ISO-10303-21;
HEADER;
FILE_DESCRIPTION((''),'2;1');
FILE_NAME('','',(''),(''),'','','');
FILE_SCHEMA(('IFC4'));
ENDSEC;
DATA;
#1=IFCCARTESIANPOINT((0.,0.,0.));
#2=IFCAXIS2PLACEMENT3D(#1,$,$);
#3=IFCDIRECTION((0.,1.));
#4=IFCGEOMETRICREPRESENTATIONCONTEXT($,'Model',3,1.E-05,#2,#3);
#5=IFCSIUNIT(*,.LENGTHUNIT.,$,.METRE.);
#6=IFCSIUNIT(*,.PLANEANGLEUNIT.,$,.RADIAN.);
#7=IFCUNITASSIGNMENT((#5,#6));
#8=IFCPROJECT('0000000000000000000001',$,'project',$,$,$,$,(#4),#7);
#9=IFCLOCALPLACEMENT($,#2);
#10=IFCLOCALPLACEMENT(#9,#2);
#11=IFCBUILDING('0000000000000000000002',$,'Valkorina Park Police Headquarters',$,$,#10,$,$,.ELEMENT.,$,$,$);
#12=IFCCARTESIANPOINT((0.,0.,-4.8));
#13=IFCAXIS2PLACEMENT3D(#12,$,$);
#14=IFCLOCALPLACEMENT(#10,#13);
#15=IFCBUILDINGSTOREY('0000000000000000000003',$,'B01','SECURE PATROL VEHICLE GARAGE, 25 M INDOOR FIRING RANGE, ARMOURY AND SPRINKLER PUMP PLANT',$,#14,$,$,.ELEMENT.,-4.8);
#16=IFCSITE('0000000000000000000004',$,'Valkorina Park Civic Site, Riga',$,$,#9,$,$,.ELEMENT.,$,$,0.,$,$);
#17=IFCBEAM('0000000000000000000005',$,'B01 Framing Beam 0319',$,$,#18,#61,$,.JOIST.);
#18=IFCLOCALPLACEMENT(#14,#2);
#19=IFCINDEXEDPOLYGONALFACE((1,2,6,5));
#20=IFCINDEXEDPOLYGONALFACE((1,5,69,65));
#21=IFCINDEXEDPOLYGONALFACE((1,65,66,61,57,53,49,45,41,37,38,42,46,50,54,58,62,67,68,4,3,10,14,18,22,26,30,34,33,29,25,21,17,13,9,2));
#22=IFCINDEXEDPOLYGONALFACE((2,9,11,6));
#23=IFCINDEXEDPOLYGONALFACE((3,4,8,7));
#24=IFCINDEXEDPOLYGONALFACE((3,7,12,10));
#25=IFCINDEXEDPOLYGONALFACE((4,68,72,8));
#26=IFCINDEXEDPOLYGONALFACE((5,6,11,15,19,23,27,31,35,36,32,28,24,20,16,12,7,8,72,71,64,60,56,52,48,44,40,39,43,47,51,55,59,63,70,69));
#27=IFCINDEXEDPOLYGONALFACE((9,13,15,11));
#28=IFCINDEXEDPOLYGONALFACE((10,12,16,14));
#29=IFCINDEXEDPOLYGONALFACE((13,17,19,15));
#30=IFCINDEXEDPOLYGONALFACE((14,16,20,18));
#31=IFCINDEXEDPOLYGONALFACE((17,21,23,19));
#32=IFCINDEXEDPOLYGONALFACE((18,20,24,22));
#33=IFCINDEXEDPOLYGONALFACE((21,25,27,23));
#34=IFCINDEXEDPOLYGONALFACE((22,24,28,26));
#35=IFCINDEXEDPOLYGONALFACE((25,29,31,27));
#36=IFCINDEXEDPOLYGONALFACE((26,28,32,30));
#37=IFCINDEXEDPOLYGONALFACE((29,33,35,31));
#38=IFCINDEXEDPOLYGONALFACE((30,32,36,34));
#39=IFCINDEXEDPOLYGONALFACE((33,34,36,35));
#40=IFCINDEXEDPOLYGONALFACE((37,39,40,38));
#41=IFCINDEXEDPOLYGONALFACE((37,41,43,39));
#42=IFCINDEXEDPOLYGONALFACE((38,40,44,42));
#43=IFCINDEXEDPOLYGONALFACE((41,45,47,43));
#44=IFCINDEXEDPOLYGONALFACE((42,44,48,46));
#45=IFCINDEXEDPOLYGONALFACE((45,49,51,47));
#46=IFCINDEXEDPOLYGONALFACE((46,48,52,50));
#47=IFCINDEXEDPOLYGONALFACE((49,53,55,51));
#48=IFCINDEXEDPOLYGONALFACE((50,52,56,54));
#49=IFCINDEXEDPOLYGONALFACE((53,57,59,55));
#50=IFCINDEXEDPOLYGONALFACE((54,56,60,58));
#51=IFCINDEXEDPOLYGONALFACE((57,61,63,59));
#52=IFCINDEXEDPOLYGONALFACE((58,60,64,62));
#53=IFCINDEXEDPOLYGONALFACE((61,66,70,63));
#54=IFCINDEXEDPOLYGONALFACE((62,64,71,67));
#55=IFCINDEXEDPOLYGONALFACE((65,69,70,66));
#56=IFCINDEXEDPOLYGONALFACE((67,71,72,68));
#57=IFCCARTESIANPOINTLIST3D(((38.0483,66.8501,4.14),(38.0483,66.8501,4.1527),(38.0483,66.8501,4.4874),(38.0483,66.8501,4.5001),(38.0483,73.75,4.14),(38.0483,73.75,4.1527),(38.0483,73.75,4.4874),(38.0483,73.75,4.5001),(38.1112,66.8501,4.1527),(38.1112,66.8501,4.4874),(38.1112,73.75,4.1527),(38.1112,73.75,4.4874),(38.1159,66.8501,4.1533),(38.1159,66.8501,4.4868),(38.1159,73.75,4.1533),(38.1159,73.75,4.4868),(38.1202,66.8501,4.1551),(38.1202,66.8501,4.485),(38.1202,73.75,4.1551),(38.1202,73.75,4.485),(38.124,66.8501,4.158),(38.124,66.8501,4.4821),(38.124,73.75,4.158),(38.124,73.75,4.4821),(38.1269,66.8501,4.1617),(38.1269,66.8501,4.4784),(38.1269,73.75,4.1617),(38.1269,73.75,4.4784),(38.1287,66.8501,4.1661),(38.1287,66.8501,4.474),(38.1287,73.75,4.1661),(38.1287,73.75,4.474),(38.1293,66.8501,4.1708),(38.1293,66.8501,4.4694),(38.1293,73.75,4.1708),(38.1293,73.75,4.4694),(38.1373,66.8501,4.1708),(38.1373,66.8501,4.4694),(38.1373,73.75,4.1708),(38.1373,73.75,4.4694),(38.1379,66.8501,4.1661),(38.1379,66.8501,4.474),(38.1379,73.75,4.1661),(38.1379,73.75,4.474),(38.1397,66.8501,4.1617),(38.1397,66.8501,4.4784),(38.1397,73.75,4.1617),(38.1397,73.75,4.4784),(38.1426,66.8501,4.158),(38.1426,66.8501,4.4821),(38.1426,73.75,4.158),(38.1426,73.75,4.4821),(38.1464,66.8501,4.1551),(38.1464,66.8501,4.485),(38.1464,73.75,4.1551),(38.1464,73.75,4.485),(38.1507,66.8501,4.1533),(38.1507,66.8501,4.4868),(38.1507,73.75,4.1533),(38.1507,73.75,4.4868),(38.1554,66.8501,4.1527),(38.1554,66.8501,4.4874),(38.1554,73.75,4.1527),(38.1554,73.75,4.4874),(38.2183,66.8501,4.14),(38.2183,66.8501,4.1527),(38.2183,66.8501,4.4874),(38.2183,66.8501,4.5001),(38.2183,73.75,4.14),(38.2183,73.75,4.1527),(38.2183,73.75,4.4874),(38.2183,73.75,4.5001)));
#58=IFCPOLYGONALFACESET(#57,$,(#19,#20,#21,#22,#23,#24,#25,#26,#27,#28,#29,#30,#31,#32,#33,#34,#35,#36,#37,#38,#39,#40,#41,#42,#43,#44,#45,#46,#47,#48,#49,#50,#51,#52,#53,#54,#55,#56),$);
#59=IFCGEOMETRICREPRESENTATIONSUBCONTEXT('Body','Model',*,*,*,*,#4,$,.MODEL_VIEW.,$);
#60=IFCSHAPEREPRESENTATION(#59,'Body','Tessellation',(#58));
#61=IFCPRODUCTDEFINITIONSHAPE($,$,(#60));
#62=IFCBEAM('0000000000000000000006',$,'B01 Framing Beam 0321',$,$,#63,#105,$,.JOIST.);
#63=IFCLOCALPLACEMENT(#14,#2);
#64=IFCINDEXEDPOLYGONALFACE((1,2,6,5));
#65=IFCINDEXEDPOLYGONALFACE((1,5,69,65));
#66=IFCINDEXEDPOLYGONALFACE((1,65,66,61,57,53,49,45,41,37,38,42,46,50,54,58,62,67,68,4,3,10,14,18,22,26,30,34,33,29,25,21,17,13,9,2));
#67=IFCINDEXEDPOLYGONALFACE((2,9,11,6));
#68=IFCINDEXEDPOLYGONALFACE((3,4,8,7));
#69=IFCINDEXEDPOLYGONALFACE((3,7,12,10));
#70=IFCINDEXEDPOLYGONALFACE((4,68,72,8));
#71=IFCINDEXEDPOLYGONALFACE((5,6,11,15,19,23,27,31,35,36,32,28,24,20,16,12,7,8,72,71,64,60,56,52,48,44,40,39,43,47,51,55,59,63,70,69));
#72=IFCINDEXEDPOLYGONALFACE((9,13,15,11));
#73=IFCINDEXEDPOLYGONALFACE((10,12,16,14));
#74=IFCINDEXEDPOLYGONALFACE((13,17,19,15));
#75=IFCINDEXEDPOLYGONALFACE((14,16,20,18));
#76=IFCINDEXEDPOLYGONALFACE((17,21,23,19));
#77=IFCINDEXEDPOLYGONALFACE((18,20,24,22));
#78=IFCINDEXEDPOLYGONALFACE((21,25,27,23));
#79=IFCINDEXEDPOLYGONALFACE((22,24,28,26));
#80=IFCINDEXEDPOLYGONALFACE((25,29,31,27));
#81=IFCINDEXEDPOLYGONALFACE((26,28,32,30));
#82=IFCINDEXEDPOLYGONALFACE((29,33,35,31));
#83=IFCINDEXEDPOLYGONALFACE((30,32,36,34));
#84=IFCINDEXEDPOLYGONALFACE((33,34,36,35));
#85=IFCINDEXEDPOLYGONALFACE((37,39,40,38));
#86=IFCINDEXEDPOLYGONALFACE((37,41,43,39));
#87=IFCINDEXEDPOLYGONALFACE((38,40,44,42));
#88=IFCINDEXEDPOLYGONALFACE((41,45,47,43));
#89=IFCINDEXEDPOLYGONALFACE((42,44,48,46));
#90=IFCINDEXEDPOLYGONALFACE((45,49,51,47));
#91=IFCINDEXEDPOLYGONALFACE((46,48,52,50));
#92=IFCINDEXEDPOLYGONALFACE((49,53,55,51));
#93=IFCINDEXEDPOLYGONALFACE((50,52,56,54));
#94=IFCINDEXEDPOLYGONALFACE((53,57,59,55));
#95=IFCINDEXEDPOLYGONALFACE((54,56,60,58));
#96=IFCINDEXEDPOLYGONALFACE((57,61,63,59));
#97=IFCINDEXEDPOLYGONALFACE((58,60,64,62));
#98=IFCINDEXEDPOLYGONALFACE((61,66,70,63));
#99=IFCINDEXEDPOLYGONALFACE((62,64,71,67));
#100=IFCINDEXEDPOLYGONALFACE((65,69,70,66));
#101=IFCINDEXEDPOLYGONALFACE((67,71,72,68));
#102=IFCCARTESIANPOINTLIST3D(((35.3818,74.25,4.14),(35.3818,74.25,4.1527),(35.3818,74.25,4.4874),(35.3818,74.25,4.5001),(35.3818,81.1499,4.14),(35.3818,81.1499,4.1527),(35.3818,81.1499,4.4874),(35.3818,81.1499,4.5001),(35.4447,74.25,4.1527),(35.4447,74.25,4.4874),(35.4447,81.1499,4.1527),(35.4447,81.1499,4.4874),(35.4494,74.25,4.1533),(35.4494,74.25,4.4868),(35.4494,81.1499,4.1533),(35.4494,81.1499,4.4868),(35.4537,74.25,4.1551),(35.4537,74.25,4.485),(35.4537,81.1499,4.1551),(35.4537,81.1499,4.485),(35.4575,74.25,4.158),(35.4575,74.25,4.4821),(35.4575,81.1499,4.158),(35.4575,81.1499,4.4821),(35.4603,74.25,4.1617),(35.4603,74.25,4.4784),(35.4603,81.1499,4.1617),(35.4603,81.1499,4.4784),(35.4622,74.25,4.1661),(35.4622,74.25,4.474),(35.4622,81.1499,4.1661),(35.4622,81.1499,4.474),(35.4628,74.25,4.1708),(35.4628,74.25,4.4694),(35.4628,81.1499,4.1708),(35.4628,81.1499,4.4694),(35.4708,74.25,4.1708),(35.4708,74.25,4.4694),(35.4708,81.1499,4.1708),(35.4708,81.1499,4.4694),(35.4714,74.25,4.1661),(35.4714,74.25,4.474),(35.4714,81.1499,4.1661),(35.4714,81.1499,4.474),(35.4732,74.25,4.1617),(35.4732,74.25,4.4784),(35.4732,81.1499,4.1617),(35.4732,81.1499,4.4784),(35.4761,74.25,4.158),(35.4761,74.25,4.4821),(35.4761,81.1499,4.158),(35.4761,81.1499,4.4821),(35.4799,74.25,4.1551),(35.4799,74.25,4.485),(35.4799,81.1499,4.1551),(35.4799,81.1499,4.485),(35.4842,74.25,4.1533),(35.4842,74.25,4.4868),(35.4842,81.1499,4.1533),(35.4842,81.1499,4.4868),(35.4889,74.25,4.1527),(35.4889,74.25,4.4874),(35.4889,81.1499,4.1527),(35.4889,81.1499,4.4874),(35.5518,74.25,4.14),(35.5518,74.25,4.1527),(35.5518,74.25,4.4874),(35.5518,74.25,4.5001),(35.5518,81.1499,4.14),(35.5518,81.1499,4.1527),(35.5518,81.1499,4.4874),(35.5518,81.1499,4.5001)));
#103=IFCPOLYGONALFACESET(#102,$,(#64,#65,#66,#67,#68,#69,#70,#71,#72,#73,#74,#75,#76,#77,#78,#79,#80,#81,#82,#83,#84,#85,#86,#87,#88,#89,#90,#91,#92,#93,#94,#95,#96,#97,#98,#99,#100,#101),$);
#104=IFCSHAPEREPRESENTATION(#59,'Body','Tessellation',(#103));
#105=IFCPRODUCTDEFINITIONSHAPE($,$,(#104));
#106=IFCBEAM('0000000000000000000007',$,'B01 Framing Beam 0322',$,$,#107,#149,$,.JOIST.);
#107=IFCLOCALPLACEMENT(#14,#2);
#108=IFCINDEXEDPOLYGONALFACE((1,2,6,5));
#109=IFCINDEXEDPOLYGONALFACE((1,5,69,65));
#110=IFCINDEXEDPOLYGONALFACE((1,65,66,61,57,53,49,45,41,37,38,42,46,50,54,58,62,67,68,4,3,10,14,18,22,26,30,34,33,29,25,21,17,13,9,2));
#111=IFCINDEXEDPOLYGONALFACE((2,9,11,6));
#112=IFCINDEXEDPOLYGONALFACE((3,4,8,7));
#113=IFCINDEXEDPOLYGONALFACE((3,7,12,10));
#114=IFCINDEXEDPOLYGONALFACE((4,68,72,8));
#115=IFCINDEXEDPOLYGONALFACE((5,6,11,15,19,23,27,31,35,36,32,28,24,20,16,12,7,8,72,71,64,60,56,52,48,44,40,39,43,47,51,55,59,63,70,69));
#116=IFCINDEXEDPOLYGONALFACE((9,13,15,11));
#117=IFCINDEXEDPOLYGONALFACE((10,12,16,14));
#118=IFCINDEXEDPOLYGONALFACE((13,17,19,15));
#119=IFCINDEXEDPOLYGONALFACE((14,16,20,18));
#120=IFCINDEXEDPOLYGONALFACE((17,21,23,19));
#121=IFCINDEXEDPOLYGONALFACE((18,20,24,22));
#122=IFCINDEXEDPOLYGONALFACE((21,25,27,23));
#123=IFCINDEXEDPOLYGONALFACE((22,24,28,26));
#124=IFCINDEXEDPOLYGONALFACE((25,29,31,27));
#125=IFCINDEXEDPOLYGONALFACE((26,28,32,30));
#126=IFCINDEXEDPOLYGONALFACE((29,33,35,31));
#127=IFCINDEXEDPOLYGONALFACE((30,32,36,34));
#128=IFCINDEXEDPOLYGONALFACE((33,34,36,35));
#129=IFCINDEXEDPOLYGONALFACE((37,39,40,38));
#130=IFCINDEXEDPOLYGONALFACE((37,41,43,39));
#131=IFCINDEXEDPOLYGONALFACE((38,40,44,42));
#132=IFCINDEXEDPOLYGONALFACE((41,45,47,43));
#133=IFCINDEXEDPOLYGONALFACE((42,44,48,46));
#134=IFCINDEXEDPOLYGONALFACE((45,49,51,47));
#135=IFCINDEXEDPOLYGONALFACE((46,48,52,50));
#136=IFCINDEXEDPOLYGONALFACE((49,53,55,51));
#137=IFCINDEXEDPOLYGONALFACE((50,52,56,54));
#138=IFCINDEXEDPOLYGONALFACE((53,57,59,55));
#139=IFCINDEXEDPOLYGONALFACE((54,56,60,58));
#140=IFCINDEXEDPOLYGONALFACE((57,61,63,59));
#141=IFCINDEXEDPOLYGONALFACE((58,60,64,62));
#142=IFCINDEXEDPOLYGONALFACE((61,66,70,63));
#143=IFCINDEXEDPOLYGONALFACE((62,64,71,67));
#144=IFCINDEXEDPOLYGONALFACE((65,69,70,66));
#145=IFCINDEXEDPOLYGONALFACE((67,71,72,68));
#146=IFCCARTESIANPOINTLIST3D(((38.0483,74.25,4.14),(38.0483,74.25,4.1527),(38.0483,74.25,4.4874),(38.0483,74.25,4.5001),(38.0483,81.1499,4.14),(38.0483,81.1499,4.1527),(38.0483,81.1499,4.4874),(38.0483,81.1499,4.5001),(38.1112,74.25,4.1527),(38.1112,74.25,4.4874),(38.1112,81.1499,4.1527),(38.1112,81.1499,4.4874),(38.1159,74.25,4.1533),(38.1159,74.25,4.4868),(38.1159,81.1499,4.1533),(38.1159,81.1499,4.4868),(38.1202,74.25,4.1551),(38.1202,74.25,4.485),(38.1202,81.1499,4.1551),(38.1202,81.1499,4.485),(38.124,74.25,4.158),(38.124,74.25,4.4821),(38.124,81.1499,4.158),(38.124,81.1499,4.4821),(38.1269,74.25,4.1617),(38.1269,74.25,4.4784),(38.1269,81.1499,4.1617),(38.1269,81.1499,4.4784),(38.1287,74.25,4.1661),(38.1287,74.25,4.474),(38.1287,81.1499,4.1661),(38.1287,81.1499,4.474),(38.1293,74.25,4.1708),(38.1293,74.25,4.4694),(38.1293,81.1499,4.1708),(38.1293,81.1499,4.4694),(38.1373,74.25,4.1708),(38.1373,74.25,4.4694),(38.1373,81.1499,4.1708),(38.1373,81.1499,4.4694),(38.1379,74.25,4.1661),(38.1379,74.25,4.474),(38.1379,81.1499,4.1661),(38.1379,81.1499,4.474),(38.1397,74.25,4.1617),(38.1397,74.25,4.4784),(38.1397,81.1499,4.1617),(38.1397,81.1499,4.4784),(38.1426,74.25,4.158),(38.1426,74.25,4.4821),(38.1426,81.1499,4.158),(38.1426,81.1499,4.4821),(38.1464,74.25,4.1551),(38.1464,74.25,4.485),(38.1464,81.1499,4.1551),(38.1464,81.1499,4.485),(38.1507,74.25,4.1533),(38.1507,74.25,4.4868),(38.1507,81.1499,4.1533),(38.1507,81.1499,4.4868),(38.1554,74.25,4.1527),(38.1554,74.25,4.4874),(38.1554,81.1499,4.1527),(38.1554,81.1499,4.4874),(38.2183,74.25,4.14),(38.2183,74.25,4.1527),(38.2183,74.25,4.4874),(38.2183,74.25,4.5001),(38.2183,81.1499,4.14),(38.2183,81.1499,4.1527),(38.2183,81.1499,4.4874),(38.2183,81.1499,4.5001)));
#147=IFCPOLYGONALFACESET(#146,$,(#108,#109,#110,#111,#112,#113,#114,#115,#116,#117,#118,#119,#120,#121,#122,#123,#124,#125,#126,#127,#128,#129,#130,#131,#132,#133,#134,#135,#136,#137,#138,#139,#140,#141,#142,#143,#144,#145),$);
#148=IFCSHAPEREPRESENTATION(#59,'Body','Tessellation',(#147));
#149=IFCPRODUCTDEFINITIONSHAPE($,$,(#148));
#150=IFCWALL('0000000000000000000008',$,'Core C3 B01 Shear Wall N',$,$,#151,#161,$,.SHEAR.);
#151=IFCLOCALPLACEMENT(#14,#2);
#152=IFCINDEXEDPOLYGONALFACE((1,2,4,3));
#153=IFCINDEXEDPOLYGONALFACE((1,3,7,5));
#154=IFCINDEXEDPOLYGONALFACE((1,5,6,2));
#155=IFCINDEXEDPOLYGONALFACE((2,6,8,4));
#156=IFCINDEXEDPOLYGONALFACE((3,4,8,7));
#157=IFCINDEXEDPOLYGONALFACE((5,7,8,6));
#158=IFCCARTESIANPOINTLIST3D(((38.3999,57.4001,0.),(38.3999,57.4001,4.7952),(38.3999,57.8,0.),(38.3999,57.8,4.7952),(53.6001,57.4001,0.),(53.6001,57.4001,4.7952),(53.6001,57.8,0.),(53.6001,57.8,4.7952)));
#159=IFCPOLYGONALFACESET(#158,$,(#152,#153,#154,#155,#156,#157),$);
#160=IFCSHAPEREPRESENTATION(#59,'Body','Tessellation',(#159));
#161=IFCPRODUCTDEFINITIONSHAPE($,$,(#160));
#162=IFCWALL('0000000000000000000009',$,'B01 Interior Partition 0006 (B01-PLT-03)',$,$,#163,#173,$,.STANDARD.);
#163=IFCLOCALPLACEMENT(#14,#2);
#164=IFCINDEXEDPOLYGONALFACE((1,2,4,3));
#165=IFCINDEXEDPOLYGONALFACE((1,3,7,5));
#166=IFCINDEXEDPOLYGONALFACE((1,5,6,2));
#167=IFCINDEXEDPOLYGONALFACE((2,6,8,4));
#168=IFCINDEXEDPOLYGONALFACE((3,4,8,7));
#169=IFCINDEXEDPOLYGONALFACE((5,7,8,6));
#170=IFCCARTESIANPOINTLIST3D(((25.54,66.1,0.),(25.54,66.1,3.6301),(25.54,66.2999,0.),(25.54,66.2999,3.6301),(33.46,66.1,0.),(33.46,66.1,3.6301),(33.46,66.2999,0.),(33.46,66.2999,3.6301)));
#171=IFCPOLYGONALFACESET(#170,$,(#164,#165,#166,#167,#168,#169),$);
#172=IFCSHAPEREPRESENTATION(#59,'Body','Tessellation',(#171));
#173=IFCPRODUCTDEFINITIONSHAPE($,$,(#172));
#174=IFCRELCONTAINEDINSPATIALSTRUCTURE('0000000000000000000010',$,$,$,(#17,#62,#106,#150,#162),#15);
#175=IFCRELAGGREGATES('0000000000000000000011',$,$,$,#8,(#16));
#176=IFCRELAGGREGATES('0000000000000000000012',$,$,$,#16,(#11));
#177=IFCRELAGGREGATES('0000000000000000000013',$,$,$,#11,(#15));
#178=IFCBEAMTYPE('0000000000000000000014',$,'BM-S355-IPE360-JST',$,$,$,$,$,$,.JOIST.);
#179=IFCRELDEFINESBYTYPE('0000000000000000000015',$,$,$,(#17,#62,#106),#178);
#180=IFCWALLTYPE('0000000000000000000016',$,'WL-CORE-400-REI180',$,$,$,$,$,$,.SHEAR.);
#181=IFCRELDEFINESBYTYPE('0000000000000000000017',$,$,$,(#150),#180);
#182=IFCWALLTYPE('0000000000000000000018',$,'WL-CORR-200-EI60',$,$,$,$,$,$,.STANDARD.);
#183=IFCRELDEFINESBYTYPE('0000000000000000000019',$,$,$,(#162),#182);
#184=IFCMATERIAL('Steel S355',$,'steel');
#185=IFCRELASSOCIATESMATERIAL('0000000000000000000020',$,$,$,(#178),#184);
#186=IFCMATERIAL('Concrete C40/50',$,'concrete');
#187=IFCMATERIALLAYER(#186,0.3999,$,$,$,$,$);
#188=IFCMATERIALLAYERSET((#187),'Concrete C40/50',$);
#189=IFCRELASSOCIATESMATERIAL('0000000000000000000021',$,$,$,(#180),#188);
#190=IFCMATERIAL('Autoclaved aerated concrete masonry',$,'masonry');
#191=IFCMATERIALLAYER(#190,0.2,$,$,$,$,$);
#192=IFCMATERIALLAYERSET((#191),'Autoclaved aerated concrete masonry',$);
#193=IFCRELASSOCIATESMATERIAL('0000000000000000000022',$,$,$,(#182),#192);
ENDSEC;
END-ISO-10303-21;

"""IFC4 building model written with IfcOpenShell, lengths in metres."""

from ifc_helpers import new_model, si_unit, direction, frame, frame_2d, origin, origin_2d, place, context, subcontext, project, spatial, rectangle, i_section, extrude, material, layer, layer_set, material_profile, profile_set, type_object, element, save


model = new_model("IFC4")

# Units and contexts
model_context = context("Model", 3, precision=1e-05, world=origin(), true_north=direction((0.0, 1.0)))
body_context = subcontext(model_context, "Body", "Model", "MODEL_VIEW")
ifc_project = project(units=[si_unit("LENGTHUNIT", "METRE"), si_unit("PLANEANGLEUNIT", "RADIAN")], contexts=[model_context])

# Site, building, storey
site_placement = place(None, origin())
site = spatial("IfcSite", under=ifc_project, at=site_placement, Name="Valkorina Park Civic Site, Riga", CompositionType="ELEMENT", RefElevation=0.0)
building_placement = place(site_placement, origin())
building = spatial("IfcBuilding", under=site, at=building_placement, Name="Valkorina Park Police Headquarters", CompositionType="ELEMENT")
storey_placement = place(building_placement, frame((0.0, 0.0, -4.8)))
storey = spatial("IfcBuildingStorey", under=building, at=storey_placement, Name="B01", Description="SECURE PATROL VEHICLE GARAGE, 25 M INDOOR FIRING RANGE, ARMOURY AND SPRINKLER PUMP PLANT", CompositionType="ELEMENT", Elevation=-4.8)

# Shared definitions
ifc_material_1 = material(Name="Concrete C40/50", Category="concrete")

# Beams
ifc_material_2 = material(Name="Steel S355", Category="steel")
ifc_material_profile_1 = material_profile(ifc_material_2, i_section(OverallWidth=0.1699, OverallDepth=0.3601, WebThickness=0.0081, FlangeThickness=0.0127, FilletRadius=0.0181, at=origin_2d()), Name="IPE 360")
ifc_profile_set_1 = profile_set([ifc_material_profile_1], Name="Steel S355")
beam_type_1 = type_object("IfcBeamType", Name="BM-S355-IPE360-JST", PredefinedType="JOIST", material=ifc_profile_set_1)
for number, where, z_axis, x_axis, name in (
    (1, (38.1333, 66.8501, 4.3201), (0.0, 1.0, 0.0), (-1.0, 0.0, 0.0), "B01 Framing Beam 0319"),
    (2, (35.4668, 74.25, 4.3201), (0.0, 1.0, 0.0), (-1.0, 0.0, 0.0), "B01 Framing Beam 0321"),
    (3, (38.1333, 74.25, 4.3201), (0.0, 1.0, 0.0), (-1.0, 0.0, 0.0), "B01 Framing Beam 0322"),
):
    element("IfcBeam", number, at=place(storey_placement, frame(where, z_axis=z_axis, x_axis=x_axis)), inside=storey, type_object=beam_type_1, Name=name, PredefinedType="JOIST", context=body_context, shape_type="SweptSolid", body=[
        extrude(i_section(OverallWidth=0.1699, OverallDepth=0.3601, WebThickness=0.0081, FlangeThickness=0.0127, FilletRadius=0.0181, at=origin_2d()), origin(), (0.0, 0.0, 1.0), 6.8999),
    ])

# Walls
ifc_layer_1 = layer(ifc_material_1, 0.3999)
ifc_layer_set_1 = layer_set([ifc_layer_1], Name="Concrete C40/50")
wall_type_1 = type_object("IfcWallType", Name="WL-CORE-400-REI180", PredefinedType="SHEAR", material=ifc_layer_set_1)
wall_1_placement = place(storey_placement, frame((38.3999, 57.6001, 0.0), z_axis=(0.0, 0.0, 1.0), x_axis=(1.0, 0.0, 0.0)))
element("IfcWall", 4, at=wall_1_placement, inside=storey, type_object=wall_type_1, Name="Core C3 B01 Shear Wall N", PredefinedType="SHEAR", context=body_context, shape_type="SweptSolid", body=[
    extrude(rectangle(XDim=15.2002, YDim=0.3999, at=frame_2d((7.6001, 0.0))), origin(), (0.0, 0.0, 1.0), 4.7952),
])
ifc_material_3 = material(Name="Autoclaved aerated concrete masonry", Category="masonry")
ifc_layer_2 = layer(ifc_material_3, 0.2)
ifc_layer_set_2 = layer_set([ifc_layer_2], Name="Autoclaved aerated concrete masonry")
wall_type_2 = type_object("IfcWallType", Name="WL-CORR-200-EI60", PredefinedType="STANDARD", material=ifc_layer_set_2)
wall_2_placement = place(storey_placement, frame((25.54, 66.2, 0.0), z_axis=(0.0, 0.0, 1.0), x_axis=(1.0, 0.0, 0.0)))
element("IfcWall", 5, at=wall_2_placement, inside=storey, type_object=wall_type_2, Name="B01 Interior Partition 0006 (B01-PLT-03)", PredefinedType="STANDARD", context=body_context, shape_type="SweptSolid", body=[
    extrude(rectangle(XDim=7.9199, YDim=0.2, at=frame_2d((3.96, 0.0))), origin(), (0.0, 0.0, 1.0), 3.6301),
])

save(model, "model.ifc")
